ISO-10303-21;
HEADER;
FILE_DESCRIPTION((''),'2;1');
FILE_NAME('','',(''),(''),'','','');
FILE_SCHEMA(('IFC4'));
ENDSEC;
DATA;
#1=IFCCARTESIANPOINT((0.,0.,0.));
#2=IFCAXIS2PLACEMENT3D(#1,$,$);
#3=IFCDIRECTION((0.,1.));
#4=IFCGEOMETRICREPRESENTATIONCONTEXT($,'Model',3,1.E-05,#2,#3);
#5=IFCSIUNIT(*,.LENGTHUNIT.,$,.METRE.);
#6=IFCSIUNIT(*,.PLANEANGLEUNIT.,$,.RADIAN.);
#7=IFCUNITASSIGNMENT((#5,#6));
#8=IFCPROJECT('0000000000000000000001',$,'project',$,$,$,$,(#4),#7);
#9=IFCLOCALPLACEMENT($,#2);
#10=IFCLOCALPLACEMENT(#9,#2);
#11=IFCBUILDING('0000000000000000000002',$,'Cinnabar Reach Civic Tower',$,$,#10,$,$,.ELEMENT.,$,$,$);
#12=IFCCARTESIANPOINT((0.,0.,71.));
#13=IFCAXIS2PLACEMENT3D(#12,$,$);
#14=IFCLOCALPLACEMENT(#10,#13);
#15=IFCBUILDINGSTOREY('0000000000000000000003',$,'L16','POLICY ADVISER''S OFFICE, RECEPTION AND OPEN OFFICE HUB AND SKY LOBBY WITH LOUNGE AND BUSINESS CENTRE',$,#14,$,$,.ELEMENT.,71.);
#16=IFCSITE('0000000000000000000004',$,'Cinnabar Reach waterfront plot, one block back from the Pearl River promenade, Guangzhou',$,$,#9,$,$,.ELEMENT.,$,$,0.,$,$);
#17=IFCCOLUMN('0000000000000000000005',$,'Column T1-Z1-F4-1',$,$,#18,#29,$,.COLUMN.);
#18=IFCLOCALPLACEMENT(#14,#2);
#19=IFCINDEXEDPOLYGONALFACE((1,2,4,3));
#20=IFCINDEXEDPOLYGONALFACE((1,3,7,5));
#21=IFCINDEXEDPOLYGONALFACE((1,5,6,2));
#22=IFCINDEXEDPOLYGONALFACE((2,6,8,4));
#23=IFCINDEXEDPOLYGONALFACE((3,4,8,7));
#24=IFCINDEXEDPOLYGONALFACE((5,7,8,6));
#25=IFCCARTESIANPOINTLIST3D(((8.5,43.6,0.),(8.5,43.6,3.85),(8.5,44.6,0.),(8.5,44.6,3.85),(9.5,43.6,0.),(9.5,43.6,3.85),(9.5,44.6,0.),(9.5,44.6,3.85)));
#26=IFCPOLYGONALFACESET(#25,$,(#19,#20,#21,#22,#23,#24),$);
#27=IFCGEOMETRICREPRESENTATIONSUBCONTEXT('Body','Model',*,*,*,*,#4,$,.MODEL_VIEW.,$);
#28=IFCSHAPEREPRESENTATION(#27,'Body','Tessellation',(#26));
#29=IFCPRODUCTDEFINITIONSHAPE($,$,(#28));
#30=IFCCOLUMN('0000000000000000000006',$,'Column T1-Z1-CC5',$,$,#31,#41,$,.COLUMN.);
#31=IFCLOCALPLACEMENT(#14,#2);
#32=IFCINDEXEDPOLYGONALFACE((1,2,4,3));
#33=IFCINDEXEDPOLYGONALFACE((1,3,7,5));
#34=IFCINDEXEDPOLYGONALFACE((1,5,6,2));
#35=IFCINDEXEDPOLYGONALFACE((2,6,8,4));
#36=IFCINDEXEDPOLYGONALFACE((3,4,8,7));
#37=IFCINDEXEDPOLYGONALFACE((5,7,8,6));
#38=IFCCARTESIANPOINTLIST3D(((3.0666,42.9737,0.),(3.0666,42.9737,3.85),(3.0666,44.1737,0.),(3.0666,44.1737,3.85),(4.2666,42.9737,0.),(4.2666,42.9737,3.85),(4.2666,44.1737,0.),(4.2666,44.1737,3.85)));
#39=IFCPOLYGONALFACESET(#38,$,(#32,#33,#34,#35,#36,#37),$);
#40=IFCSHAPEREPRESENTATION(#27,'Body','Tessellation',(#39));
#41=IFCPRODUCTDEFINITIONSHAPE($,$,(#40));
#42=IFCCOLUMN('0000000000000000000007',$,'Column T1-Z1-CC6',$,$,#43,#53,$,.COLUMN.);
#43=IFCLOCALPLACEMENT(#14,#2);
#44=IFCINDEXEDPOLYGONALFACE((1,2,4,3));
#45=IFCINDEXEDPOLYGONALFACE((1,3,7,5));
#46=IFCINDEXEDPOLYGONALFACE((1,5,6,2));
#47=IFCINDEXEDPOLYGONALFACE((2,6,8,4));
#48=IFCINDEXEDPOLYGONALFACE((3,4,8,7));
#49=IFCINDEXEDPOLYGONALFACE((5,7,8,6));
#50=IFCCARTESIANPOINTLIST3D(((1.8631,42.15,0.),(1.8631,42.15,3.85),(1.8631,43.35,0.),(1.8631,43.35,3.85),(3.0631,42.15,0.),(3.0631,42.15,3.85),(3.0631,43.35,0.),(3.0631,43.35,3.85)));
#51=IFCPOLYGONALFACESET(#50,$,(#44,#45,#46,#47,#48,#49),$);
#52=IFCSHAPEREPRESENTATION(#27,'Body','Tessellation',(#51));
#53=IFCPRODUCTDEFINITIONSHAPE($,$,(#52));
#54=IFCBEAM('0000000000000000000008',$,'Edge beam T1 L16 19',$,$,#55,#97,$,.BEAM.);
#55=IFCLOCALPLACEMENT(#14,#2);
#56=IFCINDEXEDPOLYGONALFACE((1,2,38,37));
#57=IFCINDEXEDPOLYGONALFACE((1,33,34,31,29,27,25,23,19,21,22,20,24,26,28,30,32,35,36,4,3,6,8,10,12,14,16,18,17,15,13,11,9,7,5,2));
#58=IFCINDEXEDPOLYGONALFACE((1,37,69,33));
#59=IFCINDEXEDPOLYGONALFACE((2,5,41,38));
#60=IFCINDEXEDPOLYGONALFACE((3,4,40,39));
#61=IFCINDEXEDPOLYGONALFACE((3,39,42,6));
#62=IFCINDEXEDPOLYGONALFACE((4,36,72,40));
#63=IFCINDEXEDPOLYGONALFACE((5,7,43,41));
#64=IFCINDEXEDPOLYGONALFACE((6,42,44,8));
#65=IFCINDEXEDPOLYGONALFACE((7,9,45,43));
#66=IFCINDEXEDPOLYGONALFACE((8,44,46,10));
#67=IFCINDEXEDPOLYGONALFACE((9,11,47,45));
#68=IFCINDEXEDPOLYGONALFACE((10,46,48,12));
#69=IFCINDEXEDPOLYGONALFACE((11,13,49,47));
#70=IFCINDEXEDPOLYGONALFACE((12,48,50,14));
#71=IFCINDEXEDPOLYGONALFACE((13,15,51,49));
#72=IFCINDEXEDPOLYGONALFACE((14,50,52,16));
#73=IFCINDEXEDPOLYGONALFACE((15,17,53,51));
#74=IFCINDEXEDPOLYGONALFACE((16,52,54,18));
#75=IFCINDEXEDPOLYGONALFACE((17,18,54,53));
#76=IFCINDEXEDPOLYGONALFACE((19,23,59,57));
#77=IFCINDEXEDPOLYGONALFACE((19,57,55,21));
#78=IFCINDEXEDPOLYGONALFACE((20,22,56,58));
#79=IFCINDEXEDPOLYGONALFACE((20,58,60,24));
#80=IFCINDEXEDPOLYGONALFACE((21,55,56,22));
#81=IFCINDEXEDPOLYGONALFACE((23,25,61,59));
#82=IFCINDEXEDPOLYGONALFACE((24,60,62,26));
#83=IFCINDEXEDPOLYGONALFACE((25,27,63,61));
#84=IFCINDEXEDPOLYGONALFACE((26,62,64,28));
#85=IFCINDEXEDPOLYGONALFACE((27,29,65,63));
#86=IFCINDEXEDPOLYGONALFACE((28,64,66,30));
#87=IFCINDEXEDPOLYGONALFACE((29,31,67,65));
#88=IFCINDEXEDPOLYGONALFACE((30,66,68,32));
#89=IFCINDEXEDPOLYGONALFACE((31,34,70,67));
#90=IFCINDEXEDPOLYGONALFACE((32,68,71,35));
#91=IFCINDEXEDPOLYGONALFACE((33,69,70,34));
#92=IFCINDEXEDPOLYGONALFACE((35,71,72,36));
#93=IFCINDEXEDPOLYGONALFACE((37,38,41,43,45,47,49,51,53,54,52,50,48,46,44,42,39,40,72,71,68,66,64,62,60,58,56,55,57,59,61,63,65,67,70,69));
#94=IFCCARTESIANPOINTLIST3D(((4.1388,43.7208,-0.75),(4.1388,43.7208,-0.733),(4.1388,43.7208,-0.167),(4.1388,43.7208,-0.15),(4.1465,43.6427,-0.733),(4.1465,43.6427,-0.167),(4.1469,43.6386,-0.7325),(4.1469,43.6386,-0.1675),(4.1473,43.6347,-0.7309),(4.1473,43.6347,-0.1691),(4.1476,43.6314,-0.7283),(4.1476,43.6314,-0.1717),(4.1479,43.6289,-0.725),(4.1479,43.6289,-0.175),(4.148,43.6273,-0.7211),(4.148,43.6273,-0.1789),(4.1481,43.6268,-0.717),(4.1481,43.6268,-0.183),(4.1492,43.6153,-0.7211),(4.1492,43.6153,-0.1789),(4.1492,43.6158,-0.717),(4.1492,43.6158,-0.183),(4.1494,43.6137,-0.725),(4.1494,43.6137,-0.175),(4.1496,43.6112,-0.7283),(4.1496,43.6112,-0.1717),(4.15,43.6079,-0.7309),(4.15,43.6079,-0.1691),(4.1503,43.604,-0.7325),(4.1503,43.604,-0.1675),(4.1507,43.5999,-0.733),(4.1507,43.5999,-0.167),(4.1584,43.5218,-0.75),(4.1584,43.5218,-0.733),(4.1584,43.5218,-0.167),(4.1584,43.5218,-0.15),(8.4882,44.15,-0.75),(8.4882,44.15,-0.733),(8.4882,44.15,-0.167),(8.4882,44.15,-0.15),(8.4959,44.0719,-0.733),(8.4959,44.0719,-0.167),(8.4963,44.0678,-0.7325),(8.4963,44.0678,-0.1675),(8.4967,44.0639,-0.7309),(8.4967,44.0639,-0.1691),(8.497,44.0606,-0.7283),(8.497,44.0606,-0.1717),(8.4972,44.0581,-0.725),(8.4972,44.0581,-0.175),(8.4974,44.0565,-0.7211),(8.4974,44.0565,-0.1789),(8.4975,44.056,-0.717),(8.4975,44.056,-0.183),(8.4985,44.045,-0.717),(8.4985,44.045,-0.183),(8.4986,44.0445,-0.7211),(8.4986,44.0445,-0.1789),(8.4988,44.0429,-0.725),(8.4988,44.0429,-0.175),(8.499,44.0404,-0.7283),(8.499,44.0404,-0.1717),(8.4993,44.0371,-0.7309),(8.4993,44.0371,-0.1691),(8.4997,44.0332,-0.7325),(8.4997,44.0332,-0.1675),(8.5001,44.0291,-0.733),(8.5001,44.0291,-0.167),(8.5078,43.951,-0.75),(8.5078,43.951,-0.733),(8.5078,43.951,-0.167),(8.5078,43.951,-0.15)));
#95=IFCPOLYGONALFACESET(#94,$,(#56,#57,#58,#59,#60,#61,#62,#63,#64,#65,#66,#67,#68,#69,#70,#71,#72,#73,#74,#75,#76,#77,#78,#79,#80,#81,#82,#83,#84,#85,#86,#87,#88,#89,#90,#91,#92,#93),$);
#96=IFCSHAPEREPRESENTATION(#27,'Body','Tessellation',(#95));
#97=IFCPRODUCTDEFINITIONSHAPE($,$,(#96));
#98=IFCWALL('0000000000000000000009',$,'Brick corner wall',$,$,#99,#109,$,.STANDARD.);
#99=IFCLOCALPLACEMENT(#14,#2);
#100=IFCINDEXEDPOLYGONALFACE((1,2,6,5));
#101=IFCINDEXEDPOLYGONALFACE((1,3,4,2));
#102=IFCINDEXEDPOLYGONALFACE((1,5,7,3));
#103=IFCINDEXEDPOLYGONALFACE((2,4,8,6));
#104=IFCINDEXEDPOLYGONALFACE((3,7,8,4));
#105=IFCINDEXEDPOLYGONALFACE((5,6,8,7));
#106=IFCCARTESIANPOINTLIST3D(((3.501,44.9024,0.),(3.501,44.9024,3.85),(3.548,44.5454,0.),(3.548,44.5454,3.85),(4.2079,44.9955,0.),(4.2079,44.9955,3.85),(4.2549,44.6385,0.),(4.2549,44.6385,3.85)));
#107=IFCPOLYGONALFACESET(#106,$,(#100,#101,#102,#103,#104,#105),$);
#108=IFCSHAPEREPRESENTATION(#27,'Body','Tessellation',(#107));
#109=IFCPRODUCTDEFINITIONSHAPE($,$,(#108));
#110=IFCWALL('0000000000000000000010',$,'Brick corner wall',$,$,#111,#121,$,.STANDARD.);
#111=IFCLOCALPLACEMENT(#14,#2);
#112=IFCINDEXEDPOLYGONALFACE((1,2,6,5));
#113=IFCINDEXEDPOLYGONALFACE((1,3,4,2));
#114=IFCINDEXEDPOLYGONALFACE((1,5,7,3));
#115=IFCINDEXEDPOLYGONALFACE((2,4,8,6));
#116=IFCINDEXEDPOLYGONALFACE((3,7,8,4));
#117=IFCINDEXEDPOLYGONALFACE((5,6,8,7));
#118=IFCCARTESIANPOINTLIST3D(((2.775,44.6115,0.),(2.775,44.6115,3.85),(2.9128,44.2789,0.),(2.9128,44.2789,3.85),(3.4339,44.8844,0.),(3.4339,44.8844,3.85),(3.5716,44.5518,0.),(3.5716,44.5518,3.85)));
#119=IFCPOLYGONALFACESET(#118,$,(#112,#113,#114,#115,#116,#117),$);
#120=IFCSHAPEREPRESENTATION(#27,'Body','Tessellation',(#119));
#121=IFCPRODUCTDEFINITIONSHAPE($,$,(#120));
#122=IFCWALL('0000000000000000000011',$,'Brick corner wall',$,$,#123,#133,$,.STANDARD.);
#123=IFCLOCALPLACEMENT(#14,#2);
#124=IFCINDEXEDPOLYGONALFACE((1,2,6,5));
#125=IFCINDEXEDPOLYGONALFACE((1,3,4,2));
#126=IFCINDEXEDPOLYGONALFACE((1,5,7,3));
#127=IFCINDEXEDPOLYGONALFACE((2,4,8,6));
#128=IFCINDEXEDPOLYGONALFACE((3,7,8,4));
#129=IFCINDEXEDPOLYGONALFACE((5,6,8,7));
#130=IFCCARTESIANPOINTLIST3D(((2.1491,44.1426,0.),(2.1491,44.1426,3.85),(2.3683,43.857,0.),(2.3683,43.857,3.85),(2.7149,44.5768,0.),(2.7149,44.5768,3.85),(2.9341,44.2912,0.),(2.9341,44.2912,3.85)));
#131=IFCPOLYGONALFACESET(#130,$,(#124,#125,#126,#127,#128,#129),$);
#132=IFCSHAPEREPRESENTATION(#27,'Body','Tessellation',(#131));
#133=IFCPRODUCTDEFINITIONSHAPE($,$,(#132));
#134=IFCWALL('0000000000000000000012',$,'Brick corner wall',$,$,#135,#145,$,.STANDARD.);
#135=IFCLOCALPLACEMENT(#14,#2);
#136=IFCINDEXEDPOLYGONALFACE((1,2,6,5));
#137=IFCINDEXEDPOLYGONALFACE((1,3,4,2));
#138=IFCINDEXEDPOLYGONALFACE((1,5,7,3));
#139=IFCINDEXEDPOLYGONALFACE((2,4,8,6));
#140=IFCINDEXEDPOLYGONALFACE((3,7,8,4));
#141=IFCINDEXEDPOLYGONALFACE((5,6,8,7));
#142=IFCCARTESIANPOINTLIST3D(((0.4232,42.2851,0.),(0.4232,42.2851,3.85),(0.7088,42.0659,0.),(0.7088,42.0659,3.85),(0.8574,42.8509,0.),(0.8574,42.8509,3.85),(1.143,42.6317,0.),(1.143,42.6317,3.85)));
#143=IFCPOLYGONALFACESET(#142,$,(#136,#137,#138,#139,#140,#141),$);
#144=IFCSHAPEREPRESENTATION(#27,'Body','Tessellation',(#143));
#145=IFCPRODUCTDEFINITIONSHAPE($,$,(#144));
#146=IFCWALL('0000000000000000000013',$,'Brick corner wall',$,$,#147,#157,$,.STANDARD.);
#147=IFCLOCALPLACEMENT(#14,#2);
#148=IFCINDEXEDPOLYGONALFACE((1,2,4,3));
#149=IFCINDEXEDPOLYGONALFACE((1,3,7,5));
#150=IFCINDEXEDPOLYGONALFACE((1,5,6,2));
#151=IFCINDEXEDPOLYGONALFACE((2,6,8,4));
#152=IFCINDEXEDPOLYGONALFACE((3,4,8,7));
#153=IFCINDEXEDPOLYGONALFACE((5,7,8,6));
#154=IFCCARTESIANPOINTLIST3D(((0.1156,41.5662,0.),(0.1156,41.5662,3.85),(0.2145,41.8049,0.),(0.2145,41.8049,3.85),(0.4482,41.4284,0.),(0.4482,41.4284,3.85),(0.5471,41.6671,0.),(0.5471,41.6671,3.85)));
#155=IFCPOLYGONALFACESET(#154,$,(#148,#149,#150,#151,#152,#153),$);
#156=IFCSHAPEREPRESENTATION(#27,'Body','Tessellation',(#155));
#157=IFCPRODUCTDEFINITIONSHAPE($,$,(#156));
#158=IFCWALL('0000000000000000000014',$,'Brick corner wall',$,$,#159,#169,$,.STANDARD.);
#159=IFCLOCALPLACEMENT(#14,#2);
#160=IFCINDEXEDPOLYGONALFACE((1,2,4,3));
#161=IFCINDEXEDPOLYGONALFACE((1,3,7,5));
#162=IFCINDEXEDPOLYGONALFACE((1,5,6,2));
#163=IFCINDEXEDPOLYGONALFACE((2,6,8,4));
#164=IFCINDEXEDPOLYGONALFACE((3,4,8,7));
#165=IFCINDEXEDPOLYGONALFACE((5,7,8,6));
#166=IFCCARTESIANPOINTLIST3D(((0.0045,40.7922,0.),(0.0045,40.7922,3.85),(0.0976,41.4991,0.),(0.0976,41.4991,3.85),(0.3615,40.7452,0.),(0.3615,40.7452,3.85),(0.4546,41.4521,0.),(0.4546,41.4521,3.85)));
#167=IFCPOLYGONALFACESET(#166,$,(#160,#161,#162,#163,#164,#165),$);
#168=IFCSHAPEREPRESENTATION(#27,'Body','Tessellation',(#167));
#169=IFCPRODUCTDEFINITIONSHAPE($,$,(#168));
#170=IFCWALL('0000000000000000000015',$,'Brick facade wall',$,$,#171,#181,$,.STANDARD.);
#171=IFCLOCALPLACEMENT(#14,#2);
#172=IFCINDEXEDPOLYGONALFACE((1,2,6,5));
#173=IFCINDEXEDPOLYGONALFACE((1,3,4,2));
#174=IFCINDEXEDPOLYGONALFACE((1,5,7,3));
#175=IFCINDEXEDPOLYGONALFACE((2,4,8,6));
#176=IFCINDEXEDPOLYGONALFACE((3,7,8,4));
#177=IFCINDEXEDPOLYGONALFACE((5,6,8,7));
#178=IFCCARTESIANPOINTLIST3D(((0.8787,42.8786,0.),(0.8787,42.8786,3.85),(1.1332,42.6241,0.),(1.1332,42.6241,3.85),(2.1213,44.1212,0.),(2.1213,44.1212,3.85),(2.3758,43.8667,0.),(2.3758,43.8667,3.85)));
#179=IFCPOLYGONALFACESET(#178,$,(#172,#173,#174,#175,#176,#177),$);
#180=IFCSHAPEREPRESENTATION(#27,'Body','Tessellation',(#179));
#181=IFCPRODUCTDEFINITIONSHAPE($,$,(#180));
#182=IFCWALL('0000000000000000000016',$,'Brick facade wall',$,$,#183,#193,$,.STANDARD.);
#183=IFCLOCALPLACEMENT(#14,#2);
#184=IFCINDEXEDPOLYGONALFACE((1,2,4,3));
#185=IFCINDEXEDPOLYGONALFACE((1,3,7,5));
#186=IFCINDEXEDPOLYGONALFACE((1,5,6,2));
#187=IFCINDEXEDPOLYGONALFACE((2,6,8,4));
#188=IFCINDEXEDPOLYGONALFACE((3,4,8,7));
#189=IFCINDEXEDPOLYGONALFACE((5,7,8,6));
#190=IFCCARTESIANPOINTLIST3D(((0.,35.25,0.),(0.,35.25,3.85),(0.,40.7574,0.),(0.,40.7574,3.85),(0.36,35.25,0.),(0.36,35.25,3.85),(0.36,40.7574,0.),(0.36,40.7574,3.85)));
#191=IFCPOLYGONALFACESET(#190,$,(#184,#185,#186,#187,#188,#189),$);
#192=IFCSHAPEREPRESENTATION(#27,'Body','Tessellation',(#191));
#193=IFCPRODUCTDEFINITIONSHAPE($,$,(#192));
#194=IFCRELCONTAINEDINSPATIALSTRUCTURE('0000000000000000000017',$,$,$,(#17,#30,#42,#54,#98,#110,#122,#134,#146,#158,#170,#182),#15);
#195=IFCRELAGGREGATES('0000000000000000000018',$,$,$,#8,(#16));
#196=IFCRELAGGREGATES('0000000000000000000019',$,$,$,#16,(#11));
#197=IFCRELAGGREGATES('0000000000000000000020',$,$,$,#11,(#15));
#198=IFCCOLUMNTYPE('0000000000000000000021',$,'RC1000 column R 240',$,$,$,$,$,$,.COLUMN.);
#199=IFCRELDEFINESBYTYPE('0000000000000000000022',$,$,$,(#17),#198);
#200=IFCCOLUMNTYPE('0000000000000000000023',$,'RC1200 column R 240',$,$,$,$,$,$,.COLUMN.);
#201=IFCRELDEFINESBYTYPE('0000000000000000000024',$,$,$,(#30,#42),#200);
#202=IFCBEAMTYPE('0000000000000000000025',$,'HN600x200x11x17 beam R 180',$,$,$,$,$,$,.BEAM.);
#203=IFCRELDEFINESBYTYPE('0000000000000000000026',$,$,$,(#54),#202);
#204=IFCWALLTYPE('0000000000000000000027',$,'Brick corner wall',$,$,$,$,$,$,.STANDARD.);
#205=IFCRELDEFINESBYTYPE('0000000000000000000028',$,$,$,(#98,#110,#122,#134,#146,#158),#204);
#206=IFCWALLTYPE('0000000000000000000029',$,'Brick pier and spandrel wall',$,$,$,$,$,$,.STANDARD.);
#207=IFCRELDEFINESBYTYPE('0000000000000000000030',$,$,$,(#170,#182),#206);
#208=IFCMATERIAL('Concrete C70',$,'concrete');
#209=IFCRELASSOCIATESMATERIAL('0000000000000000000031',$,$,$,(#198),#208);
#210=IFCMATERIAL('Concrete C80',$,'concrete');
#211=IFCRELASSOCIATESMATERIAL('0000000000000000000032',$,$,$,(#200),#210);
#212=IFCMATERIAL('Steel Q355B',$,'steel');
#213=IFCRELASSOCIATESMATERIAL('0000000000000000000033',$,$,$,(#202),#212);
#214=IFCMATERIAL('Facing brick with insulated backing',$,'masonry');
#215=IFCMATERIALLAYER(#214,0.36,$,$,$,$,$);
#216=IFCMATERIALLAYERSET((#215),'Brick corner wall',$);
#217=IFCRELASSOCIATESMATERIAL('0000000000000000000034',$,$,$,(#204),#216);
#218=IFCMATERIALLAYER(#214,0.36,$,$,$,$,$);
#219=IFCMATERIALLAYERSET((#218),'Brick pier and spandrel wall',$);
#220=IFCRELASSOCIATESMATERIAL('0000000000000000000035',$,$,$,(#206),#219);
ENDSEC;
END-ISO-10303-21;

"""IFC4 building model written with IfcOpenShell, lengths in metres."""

from ifc_helpers import new_model, si_unit, direction, frame, frame_2d, origin, origin_2d, place, context, subcontext, project, spatial, rectangle, i_section, extrude, material, layer, layer_set, material_profile, profile_set, type_object, element, save


model = new_model("IFC4")

# Units and contexts
model_context = context("Model", 3, precision=1e-05, world=origin(), true_north=direction((0.0, 1.0)))
body_context = subcontext(model_context, "Body", "Model", "MODEL_VIEW")
ifc_project = project(units=[si_unit("LENGTHUNIT", "METRE"), si_unit("PLANEANGLEUNIT", "RADIAN")], contexts=[model_context])

# Site, building, storey
site_placement = place(None, origin())
site = spatial("IfcSite", under=ifc_project, at=site_placement, Name="Cinnabar Reach waterfront plot, one block back from the Pearl River promenade, Guangzhou", CompositionType="ELEMENT", RefElevation=0.0)
building_placement = place(site_placement, origin())
building = spatial("IfcBuilding", under=site, at=building_placement, Name="Cinnabar Reach Civic Tower", CompositionType="ELEMENT")
storey_placement = place(building_placement, frame((0.0, 0.0, 71.0)))
storey = spatial("IfcBuildingStorey", under=building, at=storey_placement, Name="L16", Description="POLICY ADVISER'S OFFICE, RECEPTION AND OPEN OFFICE HUB AND SKY LOBBY WITH LOUNGE AND BUSINESS CENTRE", CompositionType="ELEMENT", Elevation=71.0)

# Columns
ifc_material_1 = material(Name="Concrete C70", Category="concrete")
ifc_material_profile_1 = material_profile(ifc_material_1, rectangle(XDim=1.0, YDim=1.0, at=origin_2d()), Name="RC1000")
ifc_profile_set_1 = profile_set([ifc_material_profile_1], Name="Concrete C70")
column_type_1 = type_object("IfcColumnType", Name="RC1000 column R 240", PredefinedType="COLUMN", material=ifc_profile_set_1)
column_placement = place(storey_placement, frame((9.0, 44.1, 0.0), z_axis=(0.0, 0.0, 1.0), x_axis=(1.0, 0.0, 0.0)))
element("IfcColumn", 1, at=column_placement, inside=storey, type_object=column_type_1, Name="Column T1-Z1-F4-1", PredefinedType="COLUMN", context=body_context, shape_type="SweptSolid", body=[
    extrude(rectangle(XDim=1.0, YDim=1.0, at=origin_2d()), origin(), (0.0, 0.0, 1.0), 3.85),
])
ifc_material_2 = material(Name="Concrete C80", Category="concrete")
ifc_material_profile_2 = material_profile(ifc_material_2, rectangle(XDim=1.2, YDim=1.2, at=origin_2d()), Name="RC1200")
ifc_profile_set_2 = profile_set([ifc_material_profile_2], Name="Concrete C80")
column_type_2 = type_object("IfcColumnType", Name="RC1200 column R 240", PredefinedType="COLUMN", material=ifc_profile_set_2)
for number, where, z_axis, x_axis, name in (
    (2, (3.6666, 43.5737, 0.0), (0.0, 0.0, 1.0), (1.0, 0.0, 0.0), "Column T1-Z1-CC5"),
    (3, (2.4631, 42.75, 0.0), (0.0, 0.0, 1.0), (1.0, 0.0, 0.0), "Column T1-Z1-CC6"),
):
    element("IfcColumn", number, at=place(storey_placement, frame(where, z_axis=z_axis, x_axis=x_axis)), inside=storey, type_object=column_type_2, Name=name, PredefinedType="COLUMN", context=body_context, shape_type="SweptSolid", body=[
        extrude(rectangle(XDim=1.2, YDim=1.2, at=origin_2d()), origin(), (0.0, 0.0, 1.0), 3.85),
    ])

# Beam
ifc_material_3 = material(Name="Steel Q355B", Category="steel")
ifc_material_profile_3 = material_profile(ifc_material_3, i_section(OverallWidth=0.2, OverallDepth=0.6, WebThickness=0.011, FlangeThickness=0.017, FilletRadius=0.016, at=origin_2d()), Name="HN600x200x11x17")
ifc_profile_set_3 = profile_set([ifc_material_profile_3], Name="Steel Q355B")
beam_type = type_object("IfcBeamType", Name="HN600x200x11x17 beam R 180", PredefinedType="BEAM", material=ifc_profile_set_3)
beam_placement = place(storey_placement, frame((8.498, 44.0505, -0.45), z_axis=(-0.995166, -0.098203, 0.0), x_axis=(0.098203, -0.995166, 0.0)))
element("IfcBeam", 4, at=beam_placement, inside=storey, type_object=beam_type, Name="Edge beam T1 L16 19", PredefinedType="BEAM", context=body_context, shape_type="SweptSolid", body=[
    extrude(i_section(OverallWidth=0.2, OverallDepth=0.6, WebThickness=0.011, FlangeThickness=0.017, FilletRadius=0.016, at=origin_2d()), origin(), (0.0, 0.0, 1.0), 4.3705),
])

# Walls
ifc_material_4 = material(Name="Facing brick with insulated backing", Category="masonry")
ifc_layer_1 = layer(ifc_material_4, 0.36)
ifc_layer_set_1 = layer_set([ifc_layer_1], Name="Brick corner wall")
wall_type_1 = type_object("IfcWallType", Name="Brick corner wall", PredefinedType="STANDARD", material=ifc_layer_set_1)
for number, where, z_axis, x_axis, name in (
    (5, (4.2314, 44.817, 0.0), (0.0, 0.0, 1.0), (-0.991441, -0.130556, 0.0), "Brick corner wall"),
    (6, (3.5027, 44.7181, 0.0), (0.0, 0.0, 1.0), (-0.923872, -0.382703, 0.0), "Brick corner wall"),
):
    element("IfcWall", number, at=place(storey_placement, frame(where, z_axis=z_axis, x_axis=x_axis)), inside=storey, type_object=wall_type_1, Name=name, PredefinedType="STANDARD", context=body_context, shape_type="SweptSolid", body=[
        extrude(rectangle(XDim=0.7131, YDim=0.36, at=frame_2d((0.3565, 0.0))), origin(), (0.0, 0.0, 1.0), 3.85),
    ])
for number, where, z_axis, x_axis, name in (
    (7, (2.8245, 44.434, 0.0), (0.0, 0.0, 1.0), (-0.793322, -0.608802, 0.0), "Brick corner wall"),
    (8, (1.0002, 42.7413, 0.0), (0.0, 0.0, 1.0), (-0.608802, -0.793322, 0.0), "Brick corner wall"),
):
    element("IfcWall", number, at=place(storey_placement, frame(where, z_axis=z_axis, x_axis=x_axis)), inside=storey, type_object=wall_type_1, Name=name, PredefinedType="STANDARD", context=body_context, shape_type="SweptSolid", body=[
        extrude(rectangle(XDim=0.7132, YDim=0.36, at=frame_2d((0.3566, 0.0))), origin(), (0.0, 0.0, 1.0), 3.85),
    ])
wall_1_placement = place(storey_placement, frame((0.3808, 41.736, 0.0), z_axis=(0.0, 0.0, 1.0), x_axis=(-0.382773, -0.923842, 0.0)))
element("IfcWall", 9, at=wall_1_placement, inside=storey, type_object=wall_type_1, Name="Brick corner wall", PredefinedType="STANDARD", context=body_context, shape_type="SweptSolid", body=[
    extrude(rectangle(XDim=0.2584, YDim=0.36, at=frame_2d((0.1292, 0.0))), origin(), (0.0, 0.0, 1.0), 3.85),
])
wall_2_placement = place(storey_placement, frame((0.2761, 41.4756, 0.0), z_axis=(0.0, 0.0, 1.0), x_axis=(-0.130556, -0.991441, 0.0)))
element("IfcWall", 10, at=wall_2_placement, inside=storey, type_object=wall_type_1, Name="Brick corner wall", PredefinedType="STANDARD", context=body_context, shape_type="SweptSolid", body=[
    extrude(rectangle(XDim=0.7131, YDim=0.36, at=frame_2d((0.3565, 0.0))), origin(), (0.0, 0.0, 1.0), 3.85),
])
ifc_layer_2 = layer(ifc_material_4, 0.36)
ifc_layer_set_2 = layer_set([ifc_layer_2], Name="Brick pier and spandrel wall")
wall_type_2 = type_object("IfcWallType", Name="Brick pier and spandrel wall", PredefinedType="STANDARD", material=ifc_layer_set_2)
wall_3_placement = place(storey_placement, frame((2.2486, 43.994, 0.0), z_axis=(0.0, 0.0, 1.0), x_axis=(-0.707107, -0.707107, 0.0)))
element("IfcWall", 11, at=wall_3_placement, inside=storey, type_object=wall_type_2, Name="Brick facade wall", PredefinedType="STANDARD", context=body_context, shape_type="SweptSolid", body=[
    extrude(rectangle(XDim=1.7573, YDim=0.36, at=frame_2d((0.8787, 0.0))), origin(), (0.0, 0.0, 1.0), 3.85),
])
wall_4_placement = place(storey_placement, frame((0.18, 40.7574, 0.0), z_axis=(0.0, 0.0, 1.0), x_axis=(0.0, -1.0, 0.0)))
element("IfcWall", 12, at=wall_4_placement, inside=storey, type_object=wall_type_2, Name="Brick facade wall", PredefinedType="STANDARD", context=body_context, shape_type="SweptSolid", body=[
    extrude(rectangle(XDim=5.5074, YDim=0.36, at=frame_2d((2.7537, 0.0))), origin(), (0.0, 0.0, 1.0), 3.85),
])

save(model, "model.ifc")
